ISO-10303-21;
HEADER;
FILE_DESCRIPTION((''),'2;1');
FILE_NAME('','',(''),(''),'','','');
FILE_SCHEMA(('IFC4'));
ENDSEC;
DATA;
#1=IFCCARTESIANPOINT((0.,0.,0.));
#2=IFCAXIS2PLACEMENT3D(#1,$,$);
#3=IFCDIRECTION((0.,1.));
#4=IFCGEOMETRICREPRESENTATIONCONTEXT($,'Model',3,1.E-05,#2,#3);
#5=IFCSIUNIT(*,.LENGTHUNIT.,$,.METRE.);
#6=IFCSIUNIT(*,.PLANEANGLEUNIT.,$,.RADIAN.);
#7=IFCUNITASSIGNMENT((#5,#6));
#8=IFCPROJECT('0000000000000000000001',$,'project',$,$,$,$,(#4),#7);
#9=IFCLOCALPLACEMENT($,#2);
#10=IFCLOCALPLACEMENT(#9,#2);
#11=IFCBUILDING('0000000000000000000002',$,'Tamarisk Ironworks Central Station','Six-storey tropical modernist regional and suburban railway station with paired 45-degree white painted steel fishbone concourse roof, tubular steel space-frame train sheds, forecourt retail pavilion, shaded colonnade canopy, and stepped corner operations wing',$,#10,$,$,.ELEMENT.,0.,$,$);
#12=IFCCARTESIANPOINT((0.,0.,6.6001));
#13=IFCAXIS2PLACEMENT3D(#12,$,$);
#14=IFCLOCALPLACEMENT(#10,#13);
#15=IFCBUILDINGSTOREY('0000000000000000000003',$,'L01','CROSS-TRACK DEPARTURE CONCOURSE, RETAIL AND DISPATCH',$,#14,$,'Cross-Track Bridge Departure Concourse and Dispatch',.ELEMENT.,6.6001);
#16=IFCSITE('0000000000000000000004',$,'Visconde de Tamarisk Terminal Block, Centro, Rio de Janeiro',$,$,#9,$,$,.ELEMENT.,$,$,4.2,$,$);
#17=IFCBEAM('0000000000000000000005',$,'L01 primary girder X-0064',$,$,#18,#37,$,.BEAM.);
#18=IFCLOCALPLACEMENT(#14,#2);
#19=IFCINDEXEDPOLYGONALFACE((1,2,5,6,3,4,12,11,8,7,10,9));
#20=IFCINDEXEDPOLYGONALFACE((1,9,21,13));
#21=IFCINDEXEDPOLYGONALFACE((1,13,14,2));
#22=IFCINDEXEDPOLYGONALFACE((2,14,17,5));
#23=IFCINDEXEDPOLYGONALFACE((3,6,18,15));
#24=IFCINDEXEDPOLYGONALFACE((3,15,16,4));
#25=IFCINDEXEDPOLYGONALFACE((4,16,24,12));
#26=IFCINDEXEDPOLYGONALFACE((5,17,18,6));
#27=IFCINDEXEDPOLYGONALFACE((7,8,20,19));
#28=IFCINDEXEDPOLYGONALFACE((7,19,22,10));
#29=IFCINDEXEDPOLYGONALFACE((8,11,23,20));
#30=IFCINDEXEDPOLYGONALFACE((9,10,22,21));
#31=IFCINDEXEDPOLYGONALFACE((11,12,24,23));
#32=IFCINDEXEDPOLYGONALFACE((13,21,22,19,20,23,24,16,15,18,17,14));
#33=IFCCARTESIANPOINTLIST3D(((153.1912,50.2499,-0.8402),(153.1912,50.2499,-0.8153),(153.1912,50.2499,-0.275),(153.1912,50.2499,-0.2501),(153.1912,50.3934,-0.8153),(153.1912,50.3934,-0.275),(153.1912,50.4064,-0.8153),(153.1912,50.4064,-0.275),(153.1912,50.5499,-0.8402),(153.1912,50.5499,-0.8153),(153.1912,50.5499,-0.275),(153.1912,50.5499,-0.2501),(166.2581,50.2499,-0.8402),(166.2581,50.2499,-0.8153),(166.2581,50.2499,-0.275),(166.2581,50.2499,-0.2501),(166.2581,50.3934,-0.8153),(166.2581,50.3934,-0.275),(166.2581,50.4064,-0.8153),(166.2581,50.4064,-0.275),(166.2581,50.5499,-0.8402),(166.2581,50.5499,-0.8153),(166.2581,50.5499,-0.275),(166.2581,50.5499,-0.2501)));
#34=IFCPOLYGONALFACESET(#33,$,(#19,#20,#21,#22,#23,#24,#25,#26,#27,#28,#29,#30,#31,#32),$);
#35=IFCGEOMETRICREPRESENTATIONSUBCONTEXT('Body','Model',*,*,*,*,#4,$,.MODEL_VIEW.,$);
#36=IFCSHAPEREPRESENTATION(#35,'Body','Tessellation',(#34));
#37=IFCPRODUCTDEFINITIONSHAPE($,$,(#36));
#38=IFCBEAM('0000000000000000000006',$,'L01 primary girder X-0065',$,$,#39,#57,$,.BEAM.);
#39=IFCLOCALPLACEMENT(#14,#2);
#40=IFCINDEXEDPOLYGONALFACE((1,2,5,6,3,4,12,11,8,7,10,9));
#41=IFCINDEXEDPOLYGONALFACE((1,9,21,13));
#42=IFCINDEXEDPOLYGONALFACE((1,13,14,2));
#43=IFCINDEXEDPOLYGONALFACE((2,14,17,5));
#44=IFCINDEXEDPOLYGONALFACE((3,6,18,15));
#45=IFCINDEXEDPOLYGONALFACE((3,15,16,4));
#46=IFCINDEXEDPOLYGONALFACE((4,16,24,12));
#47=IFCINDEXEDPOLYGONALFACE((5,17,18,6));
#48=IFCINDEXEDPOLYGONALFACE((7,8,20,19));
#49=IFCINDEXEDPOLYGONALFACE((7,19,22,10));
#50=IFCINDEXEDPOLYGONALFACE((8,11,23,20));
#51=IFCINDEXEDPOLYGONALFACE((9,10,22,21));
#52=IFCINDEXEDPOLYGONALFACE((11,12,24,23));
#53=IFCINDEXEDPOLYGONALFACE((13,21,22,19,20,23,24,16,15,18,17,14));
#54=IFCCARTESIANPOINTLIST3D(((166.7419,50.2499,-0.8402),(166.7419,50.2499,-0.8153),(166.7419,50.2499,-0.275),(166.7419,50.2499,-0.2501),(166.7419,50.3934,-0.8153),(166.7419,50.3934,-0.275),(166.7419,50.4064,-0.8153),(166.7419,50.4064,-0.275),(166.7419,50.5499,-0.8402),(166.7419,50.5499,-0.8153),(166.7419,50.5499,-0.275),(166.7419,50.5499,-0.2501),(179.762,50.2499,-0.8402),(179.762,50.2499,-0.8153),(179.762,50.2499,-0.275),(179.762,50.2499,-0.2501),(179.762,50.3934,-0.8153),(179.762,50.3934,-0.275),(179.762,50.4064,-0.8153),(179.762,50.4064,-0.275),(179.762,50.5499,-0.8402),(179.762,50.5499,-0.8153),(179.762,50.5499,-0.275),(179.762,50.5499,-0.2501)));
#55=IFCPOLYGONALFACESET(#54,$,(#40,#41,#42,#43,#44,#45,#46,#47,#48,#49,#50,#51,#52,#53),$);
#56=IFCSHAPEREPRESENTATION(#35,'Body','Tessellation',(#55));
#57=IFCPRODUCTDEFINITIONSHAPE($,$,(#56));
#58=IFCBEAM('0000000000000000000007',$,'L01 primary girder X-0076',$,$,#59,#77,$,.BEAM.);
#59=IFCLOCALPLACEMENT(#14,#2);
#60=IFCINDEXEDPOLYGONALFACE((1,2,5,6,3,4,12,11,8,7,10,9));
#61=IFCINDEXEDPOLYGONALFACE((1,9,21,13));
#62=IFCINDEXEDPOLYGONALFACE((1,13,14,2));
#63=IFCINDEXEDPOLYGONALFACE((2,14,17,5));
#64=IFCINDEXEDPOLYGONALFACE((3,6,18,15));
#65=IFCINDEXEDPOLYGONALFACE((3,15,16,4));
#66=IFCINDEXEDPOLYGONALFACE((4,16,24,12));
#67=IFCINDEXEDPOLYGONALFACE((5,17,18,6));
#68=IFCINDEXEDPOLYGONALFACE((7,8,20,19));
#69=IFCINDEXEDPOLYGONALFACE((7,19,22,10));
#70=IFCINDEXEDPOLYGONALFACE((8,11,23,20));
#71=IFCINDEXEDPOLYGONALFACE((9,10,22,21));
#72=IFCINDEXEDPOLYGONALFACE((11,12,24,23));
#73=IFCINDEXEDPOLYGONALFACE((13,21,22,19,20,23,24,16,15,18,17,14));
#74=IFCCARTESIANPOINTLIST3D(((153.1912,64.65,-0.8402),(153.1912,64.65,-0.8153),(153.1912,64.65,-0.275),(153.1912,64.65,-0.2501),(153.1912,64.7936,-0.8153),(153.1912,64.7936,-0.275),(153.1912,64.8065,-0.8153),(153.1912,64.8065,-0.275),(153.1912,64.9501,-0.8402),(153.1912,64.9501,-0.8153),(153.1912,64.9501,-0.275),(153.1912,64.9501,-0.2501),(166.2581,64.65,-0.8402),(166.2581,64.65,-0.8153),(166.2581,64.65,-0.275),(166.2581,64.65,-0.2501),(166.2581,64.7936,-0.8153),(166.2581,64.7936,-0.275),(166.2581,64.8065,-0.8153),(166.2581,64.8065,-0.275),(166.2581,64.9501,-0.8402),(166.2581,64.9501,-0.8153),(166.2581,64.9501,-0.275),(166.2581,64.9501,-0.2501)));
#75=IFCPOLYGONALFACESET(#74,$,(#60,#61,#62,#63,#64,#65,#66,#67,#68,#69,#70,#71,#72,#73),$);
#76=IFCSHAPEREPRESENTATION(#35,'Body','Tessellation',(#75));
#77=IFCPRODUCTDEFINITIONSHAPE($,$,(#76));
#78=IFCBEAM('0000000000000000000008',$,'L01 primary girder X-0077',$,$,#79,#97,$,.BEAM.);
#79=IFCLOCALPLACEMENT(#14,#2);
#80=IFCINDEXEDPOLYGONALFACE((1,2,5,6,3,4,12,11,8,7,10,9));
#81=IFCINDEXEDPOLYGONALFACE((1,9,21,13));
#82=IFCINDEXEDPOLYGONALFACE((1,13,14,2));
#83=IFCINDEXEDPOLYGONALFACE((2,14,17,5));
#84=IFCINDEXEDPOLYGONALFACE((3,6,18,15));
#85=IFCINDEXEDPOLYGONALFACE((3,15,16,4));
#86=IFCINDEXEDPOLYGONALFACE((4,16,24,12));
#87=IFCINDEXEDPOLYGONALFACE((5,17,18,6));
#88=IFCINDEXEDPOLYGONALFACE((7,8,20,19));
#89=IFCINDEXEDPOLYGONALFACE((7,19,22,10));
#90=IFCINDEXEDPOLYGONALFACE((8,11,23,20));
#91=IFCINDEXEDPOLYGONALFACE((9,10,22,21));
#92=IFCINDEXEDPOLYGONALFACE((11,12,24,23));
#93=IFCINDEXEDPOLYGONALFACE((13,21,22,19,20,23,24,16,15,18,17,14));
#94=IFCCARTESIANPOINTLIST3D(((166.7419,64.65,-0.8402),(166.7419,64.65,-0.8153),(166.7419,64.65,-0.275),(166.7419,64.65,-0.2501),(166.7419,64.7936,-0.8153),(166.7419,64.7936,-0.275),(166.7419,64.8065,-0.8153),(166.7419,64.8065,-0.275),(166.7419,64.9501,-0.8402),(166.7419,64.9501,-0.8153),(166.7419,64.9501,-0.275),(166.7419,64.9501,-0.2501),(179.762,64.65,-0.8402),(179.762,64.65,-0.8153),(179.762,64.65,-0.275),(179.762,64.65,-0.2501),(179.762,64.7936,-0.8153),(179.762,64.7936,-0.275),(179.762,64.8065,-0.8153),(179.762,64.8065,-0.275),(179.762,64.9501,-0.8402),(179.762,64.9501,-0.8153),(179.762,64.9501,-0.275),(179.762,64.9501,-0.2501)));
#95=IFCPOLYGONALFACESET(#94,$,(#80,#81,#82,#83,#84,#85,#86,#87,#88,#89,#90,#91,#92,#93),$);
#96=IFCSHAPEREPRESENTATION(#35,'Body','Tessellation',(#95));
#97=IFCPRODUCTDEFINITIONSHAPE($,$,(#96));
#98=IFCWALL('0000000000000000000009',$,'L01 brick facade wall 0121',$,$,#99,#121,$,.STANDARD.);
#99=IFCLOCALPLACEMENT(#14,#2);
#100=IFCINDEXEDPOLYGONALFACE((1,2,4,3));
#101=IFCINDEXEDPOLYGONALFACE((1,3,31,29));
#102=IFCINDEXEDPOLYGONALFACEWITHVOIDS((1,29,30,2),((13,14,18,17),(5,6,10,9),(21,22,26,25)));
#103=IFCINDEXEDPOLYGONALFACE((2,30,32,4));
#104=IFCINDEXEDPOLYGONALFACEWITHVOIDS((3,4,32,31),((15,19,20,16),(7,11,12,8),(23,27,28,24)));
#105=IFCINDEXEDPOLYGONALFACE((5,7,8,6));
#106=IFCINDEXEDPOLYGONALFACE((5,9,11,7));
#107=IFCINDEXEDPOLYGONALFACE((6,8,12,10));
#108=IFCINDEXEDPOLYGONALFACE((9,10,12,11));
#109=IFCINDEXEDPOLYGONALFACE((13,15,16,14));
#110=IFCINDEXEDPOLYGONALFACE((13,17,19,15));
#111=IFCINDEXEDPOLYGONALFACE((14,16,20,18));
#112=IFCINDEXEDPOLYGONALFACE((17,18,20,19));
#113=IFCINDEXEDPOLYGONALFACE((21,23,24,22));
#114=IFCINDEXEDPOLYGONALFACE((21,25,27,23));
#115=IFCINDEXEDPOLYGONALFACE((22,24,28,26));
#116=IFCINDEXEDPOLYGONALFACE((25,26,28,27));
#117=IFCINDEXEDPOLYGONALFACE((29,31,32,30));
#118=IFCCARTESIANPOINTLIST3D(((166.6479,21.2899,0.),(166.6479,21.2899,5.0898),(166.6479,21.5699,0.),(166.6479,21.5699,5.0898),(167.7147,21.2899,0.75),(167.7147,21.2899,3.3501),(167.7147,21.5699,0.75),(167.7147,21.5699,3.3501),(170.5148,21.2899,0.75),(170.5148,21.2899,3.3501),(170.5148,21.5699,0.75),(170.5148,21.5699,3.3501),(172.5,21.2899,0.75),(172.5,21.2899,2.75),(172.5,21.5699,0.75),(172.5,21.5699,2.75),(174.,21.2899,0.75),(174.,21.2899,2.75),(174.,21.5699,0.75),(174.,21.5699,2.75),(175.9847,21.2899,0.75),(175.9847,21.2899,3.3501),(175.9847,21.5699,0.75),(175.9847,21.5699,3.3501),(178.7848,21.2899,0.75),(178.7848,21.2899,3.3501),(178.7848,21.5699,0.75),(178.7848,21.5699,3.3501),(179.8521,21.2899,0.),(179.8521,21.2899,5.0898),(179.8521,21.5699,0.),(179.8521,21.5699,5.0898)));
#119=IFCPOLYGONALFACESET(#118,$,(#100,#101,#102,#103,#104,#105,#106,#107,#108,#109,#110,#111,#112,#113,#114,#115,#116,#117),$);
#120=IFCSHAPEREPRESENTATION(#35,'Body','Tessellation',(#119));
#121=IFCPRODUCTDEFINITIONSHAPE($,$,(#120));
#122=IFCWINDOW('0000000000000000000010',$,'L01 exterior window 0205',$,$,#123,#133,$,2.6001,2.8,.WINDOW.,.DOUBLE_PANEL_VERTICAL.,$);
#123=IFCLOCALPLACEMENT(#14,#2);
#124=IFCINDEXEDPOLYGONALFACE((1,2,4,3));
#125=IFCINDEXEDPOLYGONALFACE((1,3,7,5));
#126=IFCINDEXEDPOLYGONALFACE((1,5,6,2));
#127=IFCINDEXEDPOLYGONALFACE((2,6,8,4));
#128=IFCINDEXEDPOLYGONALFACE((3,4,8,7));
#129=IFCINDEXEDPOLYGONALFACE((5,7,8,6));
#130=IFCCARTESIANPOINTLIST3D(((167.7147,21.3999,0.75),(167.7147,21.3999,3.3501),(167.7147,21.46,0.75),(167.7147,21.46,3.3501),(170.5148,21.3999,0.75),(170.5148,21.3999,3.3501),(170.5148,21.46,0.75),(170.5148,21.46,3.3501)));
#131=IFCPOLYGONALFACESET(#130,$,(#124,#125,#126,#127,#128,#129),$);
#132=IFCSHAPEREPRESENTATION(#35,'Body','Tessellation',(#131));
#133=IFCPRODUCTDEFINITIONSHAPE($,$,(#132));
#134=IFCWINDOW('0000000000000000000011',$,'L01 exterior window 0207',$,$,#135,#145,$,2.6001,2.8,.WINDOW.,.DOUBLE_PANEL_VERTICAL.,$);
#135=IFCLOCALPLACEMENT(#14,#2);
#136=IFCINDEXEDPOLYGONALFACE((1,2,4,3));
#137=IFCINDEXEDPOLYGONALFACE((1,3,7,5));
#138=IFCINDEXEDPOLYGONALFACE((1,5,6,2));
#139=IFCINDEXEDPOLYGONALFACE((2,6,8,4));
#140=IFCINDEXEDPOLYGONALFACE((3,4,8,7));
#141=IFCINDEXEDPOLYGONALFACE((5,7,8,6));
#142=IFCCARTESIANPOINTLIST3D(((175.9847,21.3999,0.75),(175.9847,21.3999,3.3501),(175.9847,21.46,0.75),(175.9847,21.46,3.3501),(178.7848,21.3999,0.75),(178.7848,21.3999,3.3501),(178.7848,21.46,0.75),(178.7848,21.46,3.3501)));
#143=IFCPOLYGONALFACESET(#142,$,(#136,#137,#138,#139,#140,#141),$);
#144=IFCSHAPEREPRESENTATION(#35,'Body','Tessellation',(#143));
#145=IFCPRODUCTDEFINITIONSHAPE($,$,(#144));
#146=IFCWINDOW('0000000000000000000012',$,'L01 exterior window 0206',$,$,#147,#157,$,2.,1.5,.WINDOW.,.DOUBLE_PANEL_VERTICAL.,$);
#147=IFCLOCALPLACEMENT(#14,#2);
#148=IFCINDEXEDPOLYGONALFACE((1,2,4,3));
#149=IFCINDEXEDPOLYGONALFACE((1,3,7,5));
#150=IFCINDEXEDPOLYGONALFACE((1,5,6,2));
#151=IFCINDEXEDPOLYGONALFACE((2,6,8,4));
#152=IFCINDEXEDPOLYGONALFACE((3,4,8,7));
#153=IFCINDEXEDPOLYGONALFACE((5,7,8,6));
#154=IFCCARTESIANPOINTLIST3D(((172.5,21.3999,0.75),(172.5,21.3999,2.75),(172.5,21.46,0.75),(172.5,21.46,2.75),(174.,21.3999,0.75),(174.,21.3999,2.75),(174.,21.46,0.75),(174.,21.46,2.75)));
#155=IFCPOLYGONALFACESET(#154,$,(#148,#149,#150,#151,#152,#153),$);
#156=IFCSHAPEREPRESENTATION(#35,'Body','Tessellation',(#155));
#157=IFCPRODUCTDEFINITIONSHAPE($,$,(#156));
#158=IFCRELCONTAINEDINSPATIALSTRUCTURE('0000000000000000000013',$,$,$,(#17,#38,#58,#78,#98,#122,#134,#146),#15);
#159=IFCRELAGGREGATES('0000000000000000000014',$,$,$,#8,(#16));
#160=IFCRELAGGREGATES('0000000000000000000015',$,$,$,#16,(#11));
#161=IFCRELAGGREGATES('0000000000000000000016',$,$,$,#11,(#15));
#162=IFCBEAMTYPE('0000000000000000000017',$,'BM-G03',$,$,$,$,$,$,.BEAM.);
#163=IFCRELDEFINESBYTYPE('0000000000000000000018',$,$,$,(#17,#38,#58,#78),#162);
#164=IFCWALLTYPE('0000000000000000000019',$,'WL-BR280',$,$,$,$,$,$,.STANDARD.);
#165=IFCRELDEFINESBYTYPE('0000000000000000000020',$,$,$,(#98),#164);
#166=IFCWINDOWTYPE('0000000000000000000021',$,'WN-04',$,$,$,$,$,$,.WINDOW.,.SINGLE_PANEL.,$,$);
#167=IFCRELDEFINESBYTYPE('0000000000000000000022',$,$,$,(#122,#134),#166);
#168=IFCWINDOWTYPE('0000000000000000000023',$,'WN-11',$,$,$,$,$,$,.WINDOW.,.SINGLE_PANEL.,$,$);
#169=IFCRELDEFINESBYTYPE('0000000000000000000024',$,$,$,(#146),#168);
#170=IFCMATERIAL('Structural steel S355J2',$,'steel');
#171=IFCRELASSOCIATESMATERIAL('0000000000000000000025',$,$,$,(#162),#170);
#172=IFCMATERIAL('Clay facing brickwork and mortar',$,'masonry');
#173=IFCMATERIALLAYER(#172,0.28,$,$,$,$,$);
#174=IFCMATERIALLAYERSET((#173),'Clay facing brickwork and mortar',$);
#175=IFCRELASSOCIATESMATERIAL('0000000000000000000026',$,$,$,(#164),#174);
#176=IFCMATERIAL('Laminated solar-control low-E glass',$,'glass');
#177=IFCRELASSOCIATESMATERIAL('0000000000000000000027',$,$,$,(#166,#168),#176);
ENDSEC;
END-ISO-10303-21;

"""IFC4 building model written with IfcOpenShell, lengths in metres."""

from ifc_helpers import new_model, si_unit, direction, frame, frame_2d, origin, origin_2d, place, context, subcontext, project, spatial, rectangle, i_section, extrude, material, layer, layer_set, material_profile, profile_set, type_object, element, fill, save


model = new_model("IFC4")

# Units and contexts
model_context = context("Model", 3, precision=1e-05, world=origin(), true_north=direction((0.0, 1.0)))
body_context = subcontext(model_context, "Body", "Model", "MODEL_VIEW")
ifc_project = project(units=[si_unit("LENGTHUNIT", "METRE"), si_unit("PLANEANGLEUNIT", "RADIAN")], contexts=[model_context])

# Site, building, storey
site_placement = place(None, origin())
site = spatial("IfcSite", under=ifc_project, at=site_placement, Name="Visconde de Tamarisk Terminal Block, Centro, Rio de Janeiro", CompositionType="ELEMENT", RefElevation=4.2)
building_placement = place(site_placement, origin())
building = spatial("IfcBuilding", under=site, at=building_placement, Name="Tamarisk Ironworks Central Station", Description="Six-storey tropical modernist regional and suburban railway station with paired 45-degree white painted steel fishbone concourse roof, tubular steel space-frame train sheds, forecourt retail pavilion, shaded colonnade canopy, and stepped corner operations wing", CompositionType="ELEMENT", ElevationOfRefHeight=0.0)
storey_placement = place(building_placement, frame((0.0, 0.0, 6.6001)))
storey = spatial("IfcBuildingStorey", under=building, at=storey_placement, Name="L01", Description="CROSS-TRACK DEPARTURE CONCOURSE, RETAIL AND DISPATCH", LongName="Cross-Track Bridge Departure Concourse and Dispatch", CompositionType="ELEMENT", Elevation=6.6001)

# Shared definitions
ifc_material_1 = material(Name="Structural steel S355J2", Category="steel")

# Beams
ifc_material_profile_1 = material_profile(ifc_material_1, i_section(OverallWidth=0.3, OverallDepth=0.5901, WebThickness=0.0129, FlangeThickness=0.0249, at=origin_2d()), Name="HEA 600")
ifc_profile_set_1 = profile_set([ifc_material_profile_1], Name="Structural steel S355J2")
beam_type_1 = type_object("IfcBeamType", Name="BM-G03", PredefinedType="BEAM", material=ifc_profile_set_1)
beam_1_placement = place(storey_placement, frame((153.1912, 50.3999, -0.5452), z_axis=(1.0, 0.0, 0.0), x_axis=(0.0, 1.0, 0.0)))
element("IfcBeam", 1, at=beam_1_placement, inside=storey, type_object=beam_type_1, Name="L01 primary girder X-0064", PredefinedType="BEAM", context=body_context, shape_type="SweptSolid", body=[
    extrude(i_section(OverallWidth=0.3, OverallDepth=0.5901, WebThickness=0.0129, FlangeThickness=0.0249, at=origin_2d()), origin(), (0.0, 0.0, 1.0), 13.0669),
])
beam_2_placement = place(storey_placement, frame((166.7419, 50.3999, -0.5452), z_axis=(1.0, 0.0, 0.0), x_axis=(0.0, 1.0, 0.0)))
element("IfcBeam", 2, at=beam_2_placement, inside=storey, type_object=beam_type_1, Name="L01 primary girder X-0065", PredefinedType="BEAM", context=body_context, shape_type="SweptSolid", body=[
    extrude(i_section(OverallWidth=0.3, OverallDepth=0.5901, WebThickness=0.0129, FlangeThickness=0.0249, at=origin_2d()), origin(), (0.0, 0.0, 1.0), 13.02),
])
beam_3_placement = place(storey_placement, frame((153.1912, 64.8, -0.5452), z_axis=(1.0, 0.0, 0.0), x_axis=(0.0, 1.0, 0.0)))
element("IfcBeam", 3, at=beam_3_placement, inside=storey, type_object=beam_type_1, Name="L01 primary girder X-0076", PredefinedType="BEAM", context=body_context, shape_type="SweptSolid", body=[
    extrude(i_section(OverallWidth=0.3, OverallDepth=0.5901, WebThickness=0.0129, FlangeThickness=0.0249, at=origin_2d()), origin(), (0.0, 0.0, 1.0), 13.0669),
])
beam_4_placement = place(storey_placement, frame((166.7419, 64.8, -0.5452), z_axis=(1.0, 0.0, 0.0), x_axis=(0.0, 1.0, 0.0)))
element("IfcBeam", 4, at=beam_4_placement, inside=storey, type_object=beam_type_1, Name="L01 primary girder X-0077", PredefinedType="BEAM", context=body_context, shape_type="SweptSolid", body=[
    extrude(i_section(OverallWidth=0.3, OverallDepth=0.5901, WebThickness=0.0129, FlangeThickness=0.0249, at=origin_2d()), origin(), (0.0, 0.0, 1.0), 13.02),
])

# Wall, openings, windows
ifc_material_2 = material(Name="Clay facing brickwork and mortar", Category="masonry")
ifc_layer = layer(ifc_material_2, 0.28)
ifc_layer_set = layer_set([ifc_layer], Name="Clay facing brickwork and mortar")
wall_type = type_object("IfcWallType", Name="WL-BR280", PredefinedType="STANDARD", material=ifc_layer_set)
wall_placement = place(storey_placement, frame((166.6479, 21.4299, 0.0), z_axis=(0.0, 0.0, 1.0), x_axis=(1.0, 0.0, 0.0)))
wall = element("IfcWall", 5, at=wall_placement, inside=storey, type_object=wall_type, Name="L01 brick facade wall 0121", PredefinedType="STANDARD", context=body_context, shape_type="SweptSolid", body=[
    extrude(rectangle(XDim=13.2041, YDim=0.28, at=frame_2d((6.6021, 0.0))), origin(), (0.0, 0.0, 1.0), 5.0898),
])
opening_1_placement = place(wall_placement, frame((1.0669, 0.0, 0.75)))
opening_1 = element("IfcOpeningElement", 6, at=opening_1_placement, cuts=wall, PredefinedType="OPENING", context=body_context, shape_type="SweptSolid", body=[
    extrude(rectangle(XDim=2.8, YDim=2.6001, at=frame_2d((1.3999, 1.3))), frame((0.0, 0.1519, 0.0), z_axis=(0.0, -1.0, 0.0), x_axis=(1.0, 0.0, 0.0)), (0.0, 0.0, 1.0), 0.304),
])
opening_2_placement = place(wall_placement, frame((5.8521, 0.0, 0.75)))
opening_2 = element("IfcOpeningElement", 7, at=opening_2_placement, cuts=wall, PredefinedType="OPENING", context=body_context, shape_type="SweptSolid", body=[
    extrude(rectangle(XDim=1.5, YDim=2.0, at=frame_2d((0.75, 1.0))), frame((0.0, 0.1519, 0.0), z_axis=(0.0, -1.0, 0.0), x_axis=(1.0, 0.0, 0.0)), (0.0, 0.0, 1.0), 0.304),
])
opening_3_placement = place(wall_placement, frame((9.3369, 0.0, 0.75)))
opening_3 = element("IfcOpeningElement", 8, at=opening_3_placement, cuts=wall, PredefinedType="OPENING", context=body_context, shape_type="SweptSolid", body=[
    extrude(rectangle(XDim=2.8, YDim=2.6001, at=frame_2d((1.3999, 1.3))), frame((0.0, 0.1519, 0.0), z_axis=(0.0, -1.0, 0.0), x_axis=(1.0, 0.0, 0.0)), (0.0, 0.0, 1.0), 0.304),
])
ifc_material_3 = material(Name="Laminated solar-control low-E glass", Category="glass")
window_type_1 = type_object("IfcWindowType", Name="WN-04", PartitioningType="SINGLE_PANEL", PredefinedType="WINDOW", material=ifc_material_3)
window_1_placement = place(opening_1_placement, origin())
window_1 = element("IfcWindow", 9, at=window_1_placement, inside=storey, type_object=window_type_1, Name="L01 exterior window 0205", OverallHeight=2.6001, OverallWidth=2.8, PartitioningType="DOUBLE_PANEL_VERTICAL", PredefinedType="WINDOW", context=body_context, shape_type="SweptSolid", body=[
    extrude(rectangle(XDim=2.8, YDim=2.6001, at=frame_2d((1.3999, 1.3))), frame((0.0, 0.03, 0.0), z_axis=(0.0, -1.0, 0.0), x_axis=(1.0, 0.0, 0.0)), (0.0, 0.0, 1.0), 0.0601),
])
fill(opening_1, window_1)
window_2_placement = place(opening_3_placement, origin())
window_2 = element("IfcWindow", 10, at=window_2_placement, inside=storey, type_object=window_type_1, Name="L01 exterior window 0207", OverallHeight=2.6001, OverallWidth=2.8, PartitioningType="DOUBLE_PANEL_VERTICAL", PredefinedType="WINDOW", context=body_context, shape_type="SweptSolid", body=[
    extrude(rectangle(XDim=2.8, YDim=2.6001, at=frame_2d((1.3999, 1.3))), frame((0.0, 0.03, 0.0), z_axis=(0.0, -1.0, 0.0), x_axis=(1.0, 0.0, 0.0)), (0.0, 0.0, 1.0), 0.0601),
])
fill(opening_3, window_2)
window_type_2 = type_object("IfcWindowType", Name="WN-11", PartitioningType="SINGLE_PANEL", PredefinedType="WINDOW", material=ifc_material_3)
window_3_placement = place(opening_2_placement, origin())
window_3 = element("IfcWindow", 11, at=window_3_placement, inside=storey, type_object=window_type_2, Name="L01 exterior window 0206", OverallHeight=2.0, OverallWidth=1.5, PartitioningType="DOUBLE_PANEL_VERTICAL", PredefinedType="WINDOW", context=body_context, shape_type="SweptSolid", body=[
    extrude(rectangle(XDim=1.5, YDim=2.0, at=frame_2d((0.75, 1.0))), frame((0.0, 0.03, 0.0), z_axis=(0.0, -1.0, 0.0), x_axis=(1.0, 0.0, 0.0)), (0.0, 0.0, 1.0), 0.0601),
])
fill(opening_2, window_3)

save(model, "model.ifc")
